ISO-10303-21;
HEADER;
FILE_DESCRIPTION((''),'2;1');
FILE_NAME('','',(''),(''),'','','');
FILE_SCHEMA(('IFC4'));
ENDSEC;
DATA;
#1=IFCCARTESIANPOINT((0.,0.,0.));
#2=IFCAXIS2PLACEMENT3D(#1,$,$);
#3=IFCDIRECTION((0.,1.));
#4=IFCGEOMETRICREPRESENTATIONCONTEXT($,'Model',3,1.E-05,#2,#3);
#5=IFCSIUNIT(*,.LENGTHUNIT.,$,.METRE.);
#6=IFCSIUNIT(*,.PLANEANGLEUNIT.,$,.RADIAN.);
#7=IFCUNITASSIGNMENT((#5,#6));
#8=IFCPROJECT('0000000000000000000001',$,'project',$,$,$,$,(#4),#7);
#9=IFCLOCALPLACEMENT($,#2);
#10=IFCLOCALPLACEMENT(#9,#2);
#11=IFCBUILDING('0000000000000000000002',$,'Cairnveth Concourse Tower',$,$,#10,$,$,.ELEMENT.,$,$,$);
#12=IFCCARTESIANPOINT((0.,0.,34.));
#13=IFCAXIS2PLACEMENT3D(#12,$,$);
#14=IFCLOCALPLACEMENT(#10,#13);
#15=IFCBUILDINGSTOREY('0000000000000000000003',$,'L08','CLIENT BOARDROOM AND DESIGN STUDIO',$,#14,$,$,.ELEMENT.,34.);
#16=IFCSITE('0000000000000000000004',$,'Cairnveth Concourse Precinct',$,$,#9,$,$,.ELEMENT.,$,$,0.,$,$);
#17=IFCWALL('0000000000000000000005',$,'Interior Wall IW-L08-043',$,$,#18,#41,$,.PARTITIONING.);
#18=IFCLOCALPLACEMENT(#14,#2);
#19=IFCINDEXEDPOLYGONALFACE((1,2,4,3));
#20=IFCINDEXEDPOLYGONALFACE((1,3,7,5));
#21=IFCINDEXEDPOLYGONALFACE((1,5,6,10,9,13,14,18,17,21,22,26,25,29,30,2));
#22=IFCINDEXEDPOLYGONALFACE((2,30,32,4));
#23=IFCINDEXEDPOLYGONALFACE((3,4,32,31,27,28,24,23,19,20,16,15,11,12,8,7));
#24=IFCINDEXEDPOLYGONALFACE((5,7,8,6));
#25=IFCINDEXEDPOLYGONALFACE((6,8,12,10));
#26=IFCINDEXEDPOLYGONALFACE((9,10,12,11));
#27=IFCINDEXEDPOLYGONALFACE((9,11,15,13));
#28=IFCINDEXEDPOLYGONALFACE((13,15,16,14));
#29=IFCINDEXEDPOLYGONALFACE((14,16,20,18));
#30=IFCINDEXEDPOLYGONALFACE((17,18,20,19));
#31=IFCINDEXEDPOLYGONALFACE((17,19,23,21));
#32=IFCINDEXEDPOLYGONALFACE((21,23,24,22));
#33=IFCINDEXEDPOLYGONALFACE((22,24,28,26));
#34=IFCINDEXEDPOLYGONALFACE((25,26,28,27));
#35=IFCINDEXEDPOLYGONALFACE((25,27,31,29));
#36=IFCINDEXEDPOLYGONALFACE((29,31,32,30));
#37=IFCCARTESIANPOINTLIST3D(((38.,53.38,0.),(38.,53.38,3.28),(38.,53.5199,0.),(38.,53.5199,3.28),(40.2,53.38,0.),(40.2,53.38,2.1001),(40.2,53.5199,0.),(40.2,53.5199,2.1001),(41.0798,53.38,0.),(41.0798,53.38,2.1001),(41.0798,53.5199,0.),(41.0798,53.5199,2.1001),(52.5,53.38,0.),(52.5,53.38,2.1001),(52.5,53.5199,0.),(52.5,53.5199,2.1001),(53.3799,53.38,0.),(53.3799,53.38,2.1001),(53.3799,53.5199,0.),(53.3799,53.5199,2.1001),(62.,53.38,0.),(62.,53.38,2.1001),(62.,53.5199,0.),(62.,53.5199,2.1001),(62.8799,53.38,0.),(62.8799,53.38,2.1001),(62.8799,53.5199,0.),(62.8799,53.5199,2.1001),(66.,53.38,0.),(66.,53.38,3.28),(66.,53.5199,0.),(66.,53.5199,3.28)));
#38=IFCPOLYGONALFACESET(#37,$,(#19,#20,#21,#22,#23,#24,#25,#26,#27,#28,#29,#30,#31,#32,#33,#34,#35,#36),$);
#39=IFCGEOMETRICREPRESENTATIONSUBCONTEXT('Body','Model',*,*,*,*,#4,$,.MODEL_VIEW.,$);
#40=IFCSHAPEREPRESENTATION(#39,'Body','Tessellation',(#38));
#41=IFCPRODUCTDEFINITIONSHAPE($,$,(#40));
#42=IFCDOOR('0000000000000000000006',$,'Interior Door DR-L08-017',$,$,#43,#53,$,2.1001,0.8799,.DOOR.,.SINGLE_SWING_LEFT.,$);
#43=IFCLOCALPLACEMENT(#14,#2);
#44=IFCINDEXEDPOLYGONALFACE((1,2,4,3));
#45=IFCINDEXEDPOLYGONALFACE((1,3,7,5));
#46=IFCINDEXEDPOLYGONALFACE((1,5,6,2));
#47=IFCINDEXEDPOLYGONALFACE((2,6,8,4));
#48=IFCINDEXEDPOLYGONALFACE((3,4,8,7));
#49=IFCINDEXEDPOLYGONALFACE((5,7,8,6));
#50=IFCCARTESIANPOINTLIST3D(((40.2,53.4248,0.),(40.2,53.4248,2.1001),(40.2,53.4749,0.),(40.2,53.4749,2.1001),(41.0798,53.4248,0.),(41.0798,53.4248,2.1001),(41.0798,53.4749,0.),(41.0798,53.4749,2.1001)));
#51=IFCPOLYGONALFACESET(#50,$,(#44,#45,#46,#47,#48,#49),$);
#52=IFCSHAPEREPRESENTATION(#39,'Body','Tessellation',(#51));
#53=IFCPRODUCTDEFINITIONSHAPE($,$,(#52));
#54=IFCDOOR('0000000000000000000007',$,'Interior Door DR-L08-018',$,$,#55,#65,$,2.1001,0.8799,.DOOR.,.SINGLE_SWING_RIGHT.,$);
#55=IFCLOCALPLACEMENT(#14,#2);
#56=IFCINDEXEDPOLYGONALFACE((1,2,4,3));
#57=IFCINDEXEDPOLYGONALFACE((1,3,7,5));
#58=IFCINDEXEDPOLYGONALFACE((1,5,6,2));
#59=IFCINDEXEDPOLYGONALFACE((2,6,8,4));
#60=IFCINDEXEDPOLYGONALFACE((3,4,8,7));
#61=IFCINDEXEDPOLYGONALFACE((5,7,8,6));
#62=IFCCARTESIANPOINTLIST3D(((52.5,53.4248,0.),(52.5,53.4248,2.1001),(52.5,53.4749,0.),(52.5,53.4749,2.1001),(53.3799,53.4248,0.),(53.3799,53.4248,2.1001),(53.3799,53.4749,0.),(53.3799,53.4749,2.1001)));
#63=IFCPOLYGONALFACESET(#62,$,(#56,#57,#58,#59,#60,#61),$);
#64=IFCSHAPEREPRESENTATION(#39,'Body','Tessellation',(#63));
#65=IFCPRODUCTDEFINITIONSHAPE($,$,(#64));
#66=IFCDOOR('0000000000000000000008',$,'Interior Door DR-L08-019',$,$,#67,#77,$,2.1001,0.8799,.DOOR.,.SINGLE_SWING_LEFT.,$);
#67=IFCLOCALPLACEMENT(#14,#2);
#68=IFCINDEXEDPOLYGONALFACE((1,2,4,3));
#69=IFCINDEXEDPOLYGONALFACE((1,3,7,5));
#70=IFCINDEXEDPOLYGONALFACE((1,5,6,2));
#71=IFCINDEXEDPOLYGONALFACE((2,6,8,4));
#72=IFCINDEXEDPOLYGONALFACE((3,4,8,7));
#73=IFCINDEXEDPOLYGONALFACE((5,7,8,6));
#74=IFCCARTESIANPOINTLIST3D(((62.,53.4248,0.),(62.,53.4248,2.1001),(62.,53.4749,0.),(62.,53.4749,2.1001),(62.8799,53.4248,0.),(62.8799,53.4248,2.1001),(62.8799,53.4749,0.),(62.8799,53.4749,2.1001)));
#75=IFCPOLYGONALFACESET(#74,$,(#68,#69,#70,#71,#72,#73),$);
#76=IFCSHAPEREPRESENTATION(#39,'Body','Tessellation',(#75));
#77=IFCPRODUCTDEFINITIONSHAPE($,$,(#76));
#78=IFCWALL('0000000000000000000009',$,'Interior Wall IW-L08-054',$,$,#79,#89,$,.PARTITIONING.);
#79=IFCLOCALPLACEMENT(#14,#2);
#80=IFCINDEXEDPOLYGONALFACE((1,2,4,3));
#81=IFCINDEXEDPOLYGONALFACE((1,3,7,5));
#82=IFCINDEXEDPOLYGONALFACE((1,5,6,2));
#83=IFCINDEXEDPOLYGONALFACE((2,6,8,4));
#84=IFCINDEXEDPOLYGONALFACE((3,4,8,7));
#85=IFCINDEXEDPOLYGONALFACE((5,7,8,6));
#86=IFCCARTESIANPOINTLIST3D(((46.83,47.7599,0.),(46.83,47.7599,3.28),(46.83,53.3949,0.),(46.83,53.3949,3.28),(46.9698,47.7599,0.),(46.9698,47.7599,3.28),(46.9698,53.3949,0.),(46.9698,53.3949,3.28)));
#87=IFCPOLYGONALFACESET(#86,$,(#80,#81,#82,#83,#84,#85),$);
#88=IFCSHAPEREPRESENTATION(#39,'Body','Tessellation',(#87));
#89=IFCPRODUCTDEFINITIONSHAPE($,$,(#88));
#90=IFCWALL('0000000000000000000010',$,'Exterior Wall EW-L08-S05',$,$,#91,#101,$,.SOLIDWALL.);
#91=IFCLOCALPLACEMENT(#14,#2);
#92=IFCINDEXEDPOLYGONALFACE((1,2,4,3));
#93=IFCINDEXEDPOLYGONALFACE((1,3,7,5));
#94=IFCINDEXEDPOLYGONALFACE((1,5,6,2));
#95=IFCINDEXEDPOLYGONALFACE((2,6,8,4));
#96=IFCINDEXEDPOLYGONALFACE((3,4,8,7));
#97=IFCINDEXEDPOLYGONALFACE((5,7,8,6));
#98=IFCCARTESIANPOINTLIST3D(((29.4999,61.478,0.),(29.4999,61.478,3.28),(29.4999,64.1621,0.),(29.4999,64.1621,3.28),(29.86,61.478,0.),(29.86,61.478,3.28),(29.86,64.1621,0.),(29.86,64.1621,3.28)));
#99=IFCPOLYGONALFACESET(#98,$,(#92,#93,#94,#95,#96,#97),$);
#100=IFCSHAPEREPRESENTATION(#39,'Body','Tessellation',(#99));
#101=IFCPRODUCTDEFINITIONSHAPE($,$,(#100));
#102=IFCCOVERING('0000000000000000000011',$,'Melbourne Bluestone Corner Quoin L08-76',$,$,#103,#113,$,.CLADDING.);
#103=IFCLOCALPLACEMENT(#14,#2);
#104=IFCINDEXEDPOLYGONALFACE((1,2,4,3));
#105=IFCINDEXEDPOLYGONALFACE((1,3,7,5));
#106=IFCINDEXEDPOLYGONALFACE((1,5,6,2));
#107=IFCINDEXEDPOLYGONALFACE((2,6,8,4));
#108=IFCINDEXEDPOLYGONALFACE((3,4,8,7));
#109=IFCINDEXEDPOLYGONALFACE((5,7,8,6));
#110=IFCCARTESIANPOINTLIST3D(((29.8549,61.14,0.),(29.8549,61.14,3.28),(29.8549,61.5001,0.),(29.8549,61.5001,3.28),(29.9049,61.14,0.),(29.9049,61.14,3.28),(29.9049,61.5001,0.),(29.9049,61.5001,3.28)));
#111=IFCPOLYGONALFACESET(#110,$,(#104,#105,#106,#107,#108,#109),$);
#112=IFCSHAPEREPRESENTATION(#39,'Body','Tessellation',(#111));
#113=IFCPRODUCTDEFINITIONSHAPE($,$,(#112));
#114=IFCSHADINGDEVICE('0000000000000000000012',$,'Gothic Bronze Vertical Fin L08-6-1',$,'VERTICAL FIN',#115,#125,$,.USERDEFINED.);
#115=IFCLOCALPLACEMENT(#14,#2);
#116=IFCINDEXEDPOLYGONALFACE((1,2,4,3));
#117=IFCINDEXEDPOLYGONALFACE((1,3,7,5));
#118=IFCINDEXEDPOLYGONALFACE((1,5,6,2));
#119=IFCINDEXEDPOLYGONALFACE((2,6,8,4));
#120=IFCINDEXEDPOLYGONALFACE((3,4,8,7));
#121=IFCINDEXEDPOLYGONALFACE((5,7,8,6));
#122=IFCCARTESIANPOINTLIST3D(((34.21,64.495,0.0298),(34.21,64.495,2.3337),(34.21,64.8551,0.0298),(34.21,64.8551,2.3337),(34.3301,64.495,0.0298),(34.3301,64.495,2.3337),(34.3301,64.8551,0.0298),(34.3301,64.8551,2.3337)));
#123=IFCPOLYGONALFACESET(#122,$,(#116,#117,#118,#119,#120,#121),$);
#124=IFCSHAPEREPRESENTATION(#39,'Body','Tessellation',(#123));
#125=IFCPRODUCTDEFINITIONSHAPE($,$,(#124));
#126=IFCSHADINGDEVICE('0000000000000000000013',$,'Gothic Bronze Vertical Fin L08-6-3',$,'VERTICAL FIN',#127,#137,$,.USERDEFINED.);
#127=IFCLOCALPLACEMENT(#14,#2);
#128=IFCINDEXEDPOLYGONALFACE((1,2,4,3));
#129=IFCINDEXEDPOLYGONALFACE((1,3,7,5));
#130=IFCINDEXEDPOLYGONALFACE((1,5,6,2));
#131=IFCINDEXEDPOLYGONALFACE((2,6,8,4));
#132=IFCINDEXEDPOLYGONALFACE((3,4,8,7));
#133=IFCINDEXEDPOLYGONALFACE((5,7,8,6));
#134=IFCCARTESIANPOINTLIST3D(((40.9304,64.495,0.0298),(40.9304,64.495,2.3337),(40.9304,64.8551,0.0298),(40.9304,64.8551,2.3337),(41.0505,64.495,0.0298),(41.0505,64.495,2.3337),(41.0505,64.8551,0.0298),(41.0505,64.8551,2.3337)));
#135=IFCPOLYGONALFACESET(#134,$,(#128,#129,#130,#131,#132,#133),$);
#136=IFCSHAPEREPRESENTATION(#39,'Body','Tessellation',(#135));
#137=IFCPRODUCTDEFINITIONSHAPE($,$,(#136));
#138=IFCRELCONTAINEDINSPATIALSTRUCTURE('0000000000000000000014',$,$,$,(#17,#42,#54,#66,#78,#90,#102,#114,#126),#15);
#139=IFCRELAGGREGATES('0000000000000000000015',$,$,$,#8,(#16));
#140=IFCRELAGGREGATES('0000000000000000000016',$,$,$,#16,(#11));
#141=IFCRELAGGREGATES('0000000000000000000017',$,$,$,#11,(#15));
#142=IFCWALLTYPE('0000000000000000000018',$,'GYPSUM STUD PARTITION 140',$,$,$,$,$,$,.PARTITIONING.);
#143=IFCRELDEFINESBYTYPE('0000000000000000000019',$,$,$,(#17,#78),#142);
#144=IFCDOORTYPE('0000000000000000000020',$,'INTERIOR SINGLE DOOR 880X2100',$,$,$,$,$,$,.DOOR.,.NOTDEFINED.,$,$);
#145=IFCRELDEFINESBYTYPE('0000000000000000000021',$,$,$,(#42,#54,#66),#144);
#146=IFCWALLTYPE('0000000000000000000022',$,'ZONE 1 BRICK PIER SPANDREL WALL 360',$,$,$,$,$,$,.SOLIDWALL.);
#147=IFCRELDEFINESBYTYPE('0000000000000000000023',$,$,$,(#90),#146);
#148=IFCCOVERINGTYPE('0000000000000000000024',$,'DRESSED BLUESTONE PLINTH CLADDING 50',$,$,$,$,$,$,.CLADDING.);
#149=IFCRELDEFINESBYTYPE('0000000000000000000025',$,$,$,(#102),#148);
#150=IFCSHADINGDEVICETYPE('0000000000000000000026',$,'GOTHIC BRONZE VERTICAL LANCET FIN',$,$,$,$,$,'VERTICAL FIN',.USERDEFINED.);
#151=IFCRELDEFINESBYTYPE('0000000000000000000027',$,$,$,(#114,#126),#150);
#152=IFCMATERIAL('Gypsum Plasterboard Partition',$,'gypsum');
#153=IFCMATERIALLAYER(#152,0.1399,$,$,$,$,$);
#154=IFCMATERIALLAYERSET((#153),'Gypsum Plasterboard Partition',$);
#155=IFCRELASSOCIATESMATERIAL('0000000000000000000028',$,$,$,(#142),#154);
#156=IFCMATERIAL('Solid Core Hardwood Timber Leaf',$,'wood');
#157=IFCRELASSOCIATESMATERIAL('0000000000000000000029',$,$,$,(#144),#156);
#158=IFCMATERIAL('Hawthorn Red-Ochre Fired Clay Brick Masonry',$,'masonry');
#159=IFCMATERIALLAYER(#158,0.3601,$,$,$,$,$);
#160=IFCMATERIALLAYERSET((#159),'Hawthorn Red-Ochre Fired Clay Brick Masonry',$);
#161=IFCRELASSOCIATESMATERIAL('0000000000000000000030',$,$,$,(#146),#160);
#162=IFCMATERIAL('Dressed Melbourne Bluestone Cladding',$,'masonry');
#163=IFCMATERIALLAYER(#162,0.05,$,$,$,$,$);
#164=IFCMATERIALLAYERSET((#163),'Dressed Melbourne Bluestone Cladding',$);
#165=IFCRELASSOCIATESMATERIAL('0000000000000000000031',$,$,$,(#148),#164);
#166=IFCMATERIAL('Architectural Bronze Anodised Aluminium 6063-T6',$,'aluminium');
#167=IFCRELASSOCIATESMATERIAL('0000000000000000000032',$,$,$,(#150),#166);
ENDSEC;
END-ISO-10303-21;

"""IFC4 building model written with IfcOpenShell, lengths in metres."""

from ifc_helpers import new_model, si_unit, direction, frame, frame_2d, origin, origin_2d, place, context, subcontext, project, spatial, rectangle, extrude, material, layer, layer_set, type_object, element, fill, save


model = new_model("IFC4")

# Units and contexts
model_context = context("Model", 3, precision=1e-05, world=origin(), true_north=direction((0.0, 1.0)))
body_context = subcontext(model_context, "Body", "Model", "MODEL_VIEW")
ifc_project = project(units=[si_unit("LENGTHUNIT", "METRE"), si_unit("PLANEANGLEUNIT", "RADIAN")], contexts=[model_context])

# Site, building, storey
site_placement = place(None, origin())
site = spatial("IfcSite", under=ifc_project, at=site_placement, Name="Cairnveth Concourse Precinct", CompositionType="ELEMENT", RefElevation=0.0)
building_placement = place(site_placement, origin())
building = spatial("IfcBuilding", under=site, at=building_placement, Name="Cairnveth Concourse Tower", CompositionType="ELEMENT")
storey_placement = place(building_placement, frame((0.0, 0.0, 34.0)))
storey = spatial("IfcBuildingStorey", under=building, at=storey_placement, Name="L08", Description="CLIENT BOARDROOM AND DESIGN STUDIO", CompositionType="ELEMENT", Elevation=34.0)

# Wall, openings, doors
ifc_material_1 = material(Name="Gypsum Plasterboard Partition", Category="gypsum")
ifc_layer_1 = layer(ifc_material_1, 0.1399)
ifc_layer_set_1 = layer_set([ifc_layer_1], Name="Gypsum Plasterboard Partition")
wall_type_1 = type_object("IfcWallType", Name="GYPSUM STUD PARTITION 140", PredefinedType="PARTITIONING", material=ifc_layer_set_1)
ifc_material_2 = material(Name="Solid Core Hardwood Timber Leaf", Category="wood")
wall_1_placement = place(storey_placement, frame((38.0, 53.45, 0.0), z_axis=(0.0, 0.0, 1.0), x_axis=(1.0, 0.0, 0.0)))
wall_1 = element("IfcWall", 1, at=wall_1_placement, inside=storey, type_object=wall_type_1, Name="Interior Wall IW-L08-043", PredefinedType="PARTITIONING", context=body_context, shape_type="SweptSolid", body=[
    extrude(rectangle(XDim=28.0, YDim=0.1399, at=frame_2d((14.0, 0.0))), origin(), (0.0, 0.0, 1.0), 3.28),
])
opening_1_placement = place(wall_1_placement, frame((2.2, 0.0, 0.0)))
opening_1 = element("IfcOpeningElement", 2, at=opening_1_placement, cuts=wall_1, PredefinedType="OPENING", context=body_context, shape_type="SweptSolid", body=[
    extrude(rectangle(XDim=0.8799, YDim=2.1001, at=frame_2d((0.4399, 1.05))), frame((0.0, 0.0798, 0.0), z_axis=(0.0, -1.0, 0.0), x_axis=(1.0, 0.0, 0.0)), (0.0, 0.0, 1.0), 0.1599),
])
opening_2_placement = place(wall_1_placement, frame((14.5, 0.0, 0.0)))
opening_2 = element("IfcOpeningElement", 3, at=opening_2_placement, cuts=wall_1, PredefinedType="OPENING", context=body_context, shape_type="SweptSolid", body=[
    extrude(rectangle(XDim=0.8799, YDim=2.1001, at=frame_2d((0.4399, 1.05))), frame((0.0, 0.0798, 0.0), z_axis=(0.0, -1.0, 0.0), x_axis=(1.0, 0.0, 0.0)), (0.0, 0.0, 1.0), 0.1599),
])
opening_3_placement = place(wall_1_placement, frame((24.0, 0.0, 0.0)))
opening_3 = element("IfcOpeningElement", 4, at=opening_3_placement, cuts=wall_1, PredefinedType="OPENING", context=body_context, shape_type="SweptSolid", body=[
    extrude(rectangle(XDim=0.8799, YDim=2.1001, at=frame_2d((0.4399, 1.05))), frame((0.0, 0.0798, 0.0), z_axis=(0.0, -1.0, 0.0), x_axis=(1.0, 0.0, 0.0)), (0.0, 0.0, 1.0), 0.1599),
])
door_type_1 = type_object("IfcDoorType", Name="INTERIOR SINGLE DOOR 880X2100", OperationType="NOTDEFINED", PredefinedType="DOOR", material=ifc_material_2)
door_1_placement = place(opening_1_placement, origin())
door_1 = element("IfcDoor", 5, at=door_1_placement, inside=storey, type_object=door_type_1, Name="Interior Door DR-L08-017", OperationType="SINGLE_SWING_LEFT", OverallHeight=2.1001, OverallWidth=0.8799, PredefinedType="DOOR", context=body_context, shape_type="SweptSolid", body=[
    extrude(rectangle(XDim=0.8799, YDim=2.1001, at=frame_2d((0.4399, 1.05))), frame((0.0, 0.0249, 0.0), z_axis=(0.0, -1.0, 0.0), x_axis=(1.0, 0.0, 0.0)), (0.0, 0.0, 1.0), 0.05),
])
fill(opening_1, door_1)
door_2_placement = place(opening_2_placement, origin())
door_2 = element("IfcDoor", 6, at=door_2_placement, inside=storey, type_object=door_type_1, Name="Interior Door DR-L08-018", OperationType="SINGLE_SWING_RIGHT", OverallHeight=2.1001, OverallWidth=0.8799, PredefinedType="DOOR", context=body_context, shape_type="SweptSolid", body=[
    extrude(rectangle(XDim=0.8799, YDim=2.1001, at=frame_2d((0.4399, 1.05))), frame((0.0, 0.0249, 0.0), z_axis=(0.0, -1.0, 0.0), x_axis=(1.0, 0.0, 0.0)), (0.0, 0.0, 1.0), 0.05),
])
fill(opening_2, door_2)
door_3_placement = place(opening_3_placement, origin())
door_3 = element("IfcDoor", 7, at=door_3_placement, inside=storey, type_object=door_type_1, Name="Interior Door DR-L08-019", OperationType="SINGLE_SWING_LEFT", OverallHeight=2.1001, OverallWidth=0.8799, PredefinedType="DOOR", context=body_context, shape_type="SweptSolid", body=[
    extrude(rectangle(XDim=0.8799, YDim=2.1001, at=frame_2d((0.4399, 1.05))), frame((0.0, 0.0249, 0.0), z_axis=(0.0, -1.0, 0.0), x_axis=(1.0, 0.0, 0.0)), (0.0, 0.0, 1.0), 0.05),
])
fill(opening_3, door_3)

# Walls
wall_2_placement = place(storey_placement, frame((46.8999, 47.76, 0.0), z_axis=(0.0, 0.0, 1.0), x_axis=(0.0, 1.0, 0.0)))
element("IfcWall", 8, at=wall_2_placement, inside=storey, type_object=wall_type_1, Name="Interior Wall IW-L08-054", PredefinedType="PARTITIONING", context=body_context, shape_type="SweptSolid", body=[
    extrude(rectangle(XDim=5.635, YDim=0.1399, at=frame_2d((2.8174, 0.0))), origin(), (0.0, 0.0, 1.0), 3.28),
])
ifc_material_3 = material(Name="Hawthorn Red-Ochre Fired Clay Brick Masonry", Category="masonry")
ifc_layer_2 = layer(ifc_material_3, 0.3601)
ifc_layer_set_2 = layer_set([ifc_layer_2], Name="Hawthorn Red-Ochre Fired Clay Brick Masonry")
wall_type_2 = type_object("IfcWallType", Name="ZONE 1 BRICK PIER SPANDREL WALL 360", PredefinedType="SOLIDWALL", material=ifc_layer_set_2)
wall_3_placement = place(storey_placement, frame((29.6799, 61.478, 0.0), z_axis=(0.0, 0.0, 1.0), x_axis=(0.0, 1.0, 0.0)))
element("IfcWall", 9, at=wall_3_placement, inside=storey, type_object=wall_type_2, Name="Exterior Wall EW-L08-S05", PredefinedType="SOLIDWALL", context=body_context, shape_type="SweptSolid", body=[
    extrude(rectangle(XDim=2.6841, YDim=0.3601, at=frame_2d((1.342, 0.0))), origin(), (0.0, 0.0, 1.0), 3.28),
])

# Covering
ifc_material_4 = material(Name="Dressed Melbourne Bluestone Cladding", Category="masonry")
ifc_layer_3 = layer(ifc_material_4, 0.05)
ifc_layer_set_3 = layer_set([ifc_layer_3], Name="Dressed Melbourne Bluestone Cladding")
covering_type = type_object("IfcCoveringType", Name="DRESSED BLUESTONE PLINTH CLADDING 50", PredefinedType="CLADDING", material=ifc_layer_set_3)
covering_placement = place(storey_placement, frame((29.8799, 61.1399, 0.0), z_axis=(0.0, 0.0, 1.0), x_axis=(0.0, 1.0, 0.0)))
element("IfcCovering", 10, at=covering_placement, inside=storey, type_object=covering_type, Name="Melbourne Bluestone Corner Quoin L08-76", PredefinedType="CLADDING", context=body_context, shape_type="SweptSolid", body=[
    extrude(rectangle(XDim=0.3601, YDim=0.05, at=frame_2d((0.1802, 0.0))), origin(), (0.0, 0.0, 1.0), 3.28),
])

# Shading devices
ifc_material_5 = material(Name="Architectural Bronze Anodised Aluminium 6063-T6", Category="aluminium")
shading_device_type = type_object("IfcShadingDeviceType", Name="GOTHIC BRONZE VERTICAL LANCET FIN", ElementType="VERTICAL FIN", PredefinedType="USERDEFINED", material=ifc_material_5)
for number, where, z_axis, x_axis, name in (
    (11, (34.27, 64.675, 0.0298), (0.0, 0.0, 1.0), (1.0, 0.0, 0.0), "Gothic Bronze Vertical Fin L08-6-1"),
    (12, (40.9905, 64.675, 0.0298), (0.0, 0.0, 1.0), (1.0, 0.0, 0.0), "Gothic Bronze Vertical Fin L08-6-3"),
):
    element("IfcShadingDevice", number, at=place(storey_placement, frame(where, z_axis=z_axis, x_axis=x_axis)), inside=storey, type_object=shading_device_type, Name=name, ObjectType="VERTICAL FIN", PredefinedType="USERDEFINED", context=body_context, shape_type="SweptSolid", body=[
        extrude(rectangle(XDim=0.1201, YDim=0.3601, at=origin_2d()), origin(), (0.0, 0.0, 1.0), 2.304),
    ])

save(model, "model.ifc")
